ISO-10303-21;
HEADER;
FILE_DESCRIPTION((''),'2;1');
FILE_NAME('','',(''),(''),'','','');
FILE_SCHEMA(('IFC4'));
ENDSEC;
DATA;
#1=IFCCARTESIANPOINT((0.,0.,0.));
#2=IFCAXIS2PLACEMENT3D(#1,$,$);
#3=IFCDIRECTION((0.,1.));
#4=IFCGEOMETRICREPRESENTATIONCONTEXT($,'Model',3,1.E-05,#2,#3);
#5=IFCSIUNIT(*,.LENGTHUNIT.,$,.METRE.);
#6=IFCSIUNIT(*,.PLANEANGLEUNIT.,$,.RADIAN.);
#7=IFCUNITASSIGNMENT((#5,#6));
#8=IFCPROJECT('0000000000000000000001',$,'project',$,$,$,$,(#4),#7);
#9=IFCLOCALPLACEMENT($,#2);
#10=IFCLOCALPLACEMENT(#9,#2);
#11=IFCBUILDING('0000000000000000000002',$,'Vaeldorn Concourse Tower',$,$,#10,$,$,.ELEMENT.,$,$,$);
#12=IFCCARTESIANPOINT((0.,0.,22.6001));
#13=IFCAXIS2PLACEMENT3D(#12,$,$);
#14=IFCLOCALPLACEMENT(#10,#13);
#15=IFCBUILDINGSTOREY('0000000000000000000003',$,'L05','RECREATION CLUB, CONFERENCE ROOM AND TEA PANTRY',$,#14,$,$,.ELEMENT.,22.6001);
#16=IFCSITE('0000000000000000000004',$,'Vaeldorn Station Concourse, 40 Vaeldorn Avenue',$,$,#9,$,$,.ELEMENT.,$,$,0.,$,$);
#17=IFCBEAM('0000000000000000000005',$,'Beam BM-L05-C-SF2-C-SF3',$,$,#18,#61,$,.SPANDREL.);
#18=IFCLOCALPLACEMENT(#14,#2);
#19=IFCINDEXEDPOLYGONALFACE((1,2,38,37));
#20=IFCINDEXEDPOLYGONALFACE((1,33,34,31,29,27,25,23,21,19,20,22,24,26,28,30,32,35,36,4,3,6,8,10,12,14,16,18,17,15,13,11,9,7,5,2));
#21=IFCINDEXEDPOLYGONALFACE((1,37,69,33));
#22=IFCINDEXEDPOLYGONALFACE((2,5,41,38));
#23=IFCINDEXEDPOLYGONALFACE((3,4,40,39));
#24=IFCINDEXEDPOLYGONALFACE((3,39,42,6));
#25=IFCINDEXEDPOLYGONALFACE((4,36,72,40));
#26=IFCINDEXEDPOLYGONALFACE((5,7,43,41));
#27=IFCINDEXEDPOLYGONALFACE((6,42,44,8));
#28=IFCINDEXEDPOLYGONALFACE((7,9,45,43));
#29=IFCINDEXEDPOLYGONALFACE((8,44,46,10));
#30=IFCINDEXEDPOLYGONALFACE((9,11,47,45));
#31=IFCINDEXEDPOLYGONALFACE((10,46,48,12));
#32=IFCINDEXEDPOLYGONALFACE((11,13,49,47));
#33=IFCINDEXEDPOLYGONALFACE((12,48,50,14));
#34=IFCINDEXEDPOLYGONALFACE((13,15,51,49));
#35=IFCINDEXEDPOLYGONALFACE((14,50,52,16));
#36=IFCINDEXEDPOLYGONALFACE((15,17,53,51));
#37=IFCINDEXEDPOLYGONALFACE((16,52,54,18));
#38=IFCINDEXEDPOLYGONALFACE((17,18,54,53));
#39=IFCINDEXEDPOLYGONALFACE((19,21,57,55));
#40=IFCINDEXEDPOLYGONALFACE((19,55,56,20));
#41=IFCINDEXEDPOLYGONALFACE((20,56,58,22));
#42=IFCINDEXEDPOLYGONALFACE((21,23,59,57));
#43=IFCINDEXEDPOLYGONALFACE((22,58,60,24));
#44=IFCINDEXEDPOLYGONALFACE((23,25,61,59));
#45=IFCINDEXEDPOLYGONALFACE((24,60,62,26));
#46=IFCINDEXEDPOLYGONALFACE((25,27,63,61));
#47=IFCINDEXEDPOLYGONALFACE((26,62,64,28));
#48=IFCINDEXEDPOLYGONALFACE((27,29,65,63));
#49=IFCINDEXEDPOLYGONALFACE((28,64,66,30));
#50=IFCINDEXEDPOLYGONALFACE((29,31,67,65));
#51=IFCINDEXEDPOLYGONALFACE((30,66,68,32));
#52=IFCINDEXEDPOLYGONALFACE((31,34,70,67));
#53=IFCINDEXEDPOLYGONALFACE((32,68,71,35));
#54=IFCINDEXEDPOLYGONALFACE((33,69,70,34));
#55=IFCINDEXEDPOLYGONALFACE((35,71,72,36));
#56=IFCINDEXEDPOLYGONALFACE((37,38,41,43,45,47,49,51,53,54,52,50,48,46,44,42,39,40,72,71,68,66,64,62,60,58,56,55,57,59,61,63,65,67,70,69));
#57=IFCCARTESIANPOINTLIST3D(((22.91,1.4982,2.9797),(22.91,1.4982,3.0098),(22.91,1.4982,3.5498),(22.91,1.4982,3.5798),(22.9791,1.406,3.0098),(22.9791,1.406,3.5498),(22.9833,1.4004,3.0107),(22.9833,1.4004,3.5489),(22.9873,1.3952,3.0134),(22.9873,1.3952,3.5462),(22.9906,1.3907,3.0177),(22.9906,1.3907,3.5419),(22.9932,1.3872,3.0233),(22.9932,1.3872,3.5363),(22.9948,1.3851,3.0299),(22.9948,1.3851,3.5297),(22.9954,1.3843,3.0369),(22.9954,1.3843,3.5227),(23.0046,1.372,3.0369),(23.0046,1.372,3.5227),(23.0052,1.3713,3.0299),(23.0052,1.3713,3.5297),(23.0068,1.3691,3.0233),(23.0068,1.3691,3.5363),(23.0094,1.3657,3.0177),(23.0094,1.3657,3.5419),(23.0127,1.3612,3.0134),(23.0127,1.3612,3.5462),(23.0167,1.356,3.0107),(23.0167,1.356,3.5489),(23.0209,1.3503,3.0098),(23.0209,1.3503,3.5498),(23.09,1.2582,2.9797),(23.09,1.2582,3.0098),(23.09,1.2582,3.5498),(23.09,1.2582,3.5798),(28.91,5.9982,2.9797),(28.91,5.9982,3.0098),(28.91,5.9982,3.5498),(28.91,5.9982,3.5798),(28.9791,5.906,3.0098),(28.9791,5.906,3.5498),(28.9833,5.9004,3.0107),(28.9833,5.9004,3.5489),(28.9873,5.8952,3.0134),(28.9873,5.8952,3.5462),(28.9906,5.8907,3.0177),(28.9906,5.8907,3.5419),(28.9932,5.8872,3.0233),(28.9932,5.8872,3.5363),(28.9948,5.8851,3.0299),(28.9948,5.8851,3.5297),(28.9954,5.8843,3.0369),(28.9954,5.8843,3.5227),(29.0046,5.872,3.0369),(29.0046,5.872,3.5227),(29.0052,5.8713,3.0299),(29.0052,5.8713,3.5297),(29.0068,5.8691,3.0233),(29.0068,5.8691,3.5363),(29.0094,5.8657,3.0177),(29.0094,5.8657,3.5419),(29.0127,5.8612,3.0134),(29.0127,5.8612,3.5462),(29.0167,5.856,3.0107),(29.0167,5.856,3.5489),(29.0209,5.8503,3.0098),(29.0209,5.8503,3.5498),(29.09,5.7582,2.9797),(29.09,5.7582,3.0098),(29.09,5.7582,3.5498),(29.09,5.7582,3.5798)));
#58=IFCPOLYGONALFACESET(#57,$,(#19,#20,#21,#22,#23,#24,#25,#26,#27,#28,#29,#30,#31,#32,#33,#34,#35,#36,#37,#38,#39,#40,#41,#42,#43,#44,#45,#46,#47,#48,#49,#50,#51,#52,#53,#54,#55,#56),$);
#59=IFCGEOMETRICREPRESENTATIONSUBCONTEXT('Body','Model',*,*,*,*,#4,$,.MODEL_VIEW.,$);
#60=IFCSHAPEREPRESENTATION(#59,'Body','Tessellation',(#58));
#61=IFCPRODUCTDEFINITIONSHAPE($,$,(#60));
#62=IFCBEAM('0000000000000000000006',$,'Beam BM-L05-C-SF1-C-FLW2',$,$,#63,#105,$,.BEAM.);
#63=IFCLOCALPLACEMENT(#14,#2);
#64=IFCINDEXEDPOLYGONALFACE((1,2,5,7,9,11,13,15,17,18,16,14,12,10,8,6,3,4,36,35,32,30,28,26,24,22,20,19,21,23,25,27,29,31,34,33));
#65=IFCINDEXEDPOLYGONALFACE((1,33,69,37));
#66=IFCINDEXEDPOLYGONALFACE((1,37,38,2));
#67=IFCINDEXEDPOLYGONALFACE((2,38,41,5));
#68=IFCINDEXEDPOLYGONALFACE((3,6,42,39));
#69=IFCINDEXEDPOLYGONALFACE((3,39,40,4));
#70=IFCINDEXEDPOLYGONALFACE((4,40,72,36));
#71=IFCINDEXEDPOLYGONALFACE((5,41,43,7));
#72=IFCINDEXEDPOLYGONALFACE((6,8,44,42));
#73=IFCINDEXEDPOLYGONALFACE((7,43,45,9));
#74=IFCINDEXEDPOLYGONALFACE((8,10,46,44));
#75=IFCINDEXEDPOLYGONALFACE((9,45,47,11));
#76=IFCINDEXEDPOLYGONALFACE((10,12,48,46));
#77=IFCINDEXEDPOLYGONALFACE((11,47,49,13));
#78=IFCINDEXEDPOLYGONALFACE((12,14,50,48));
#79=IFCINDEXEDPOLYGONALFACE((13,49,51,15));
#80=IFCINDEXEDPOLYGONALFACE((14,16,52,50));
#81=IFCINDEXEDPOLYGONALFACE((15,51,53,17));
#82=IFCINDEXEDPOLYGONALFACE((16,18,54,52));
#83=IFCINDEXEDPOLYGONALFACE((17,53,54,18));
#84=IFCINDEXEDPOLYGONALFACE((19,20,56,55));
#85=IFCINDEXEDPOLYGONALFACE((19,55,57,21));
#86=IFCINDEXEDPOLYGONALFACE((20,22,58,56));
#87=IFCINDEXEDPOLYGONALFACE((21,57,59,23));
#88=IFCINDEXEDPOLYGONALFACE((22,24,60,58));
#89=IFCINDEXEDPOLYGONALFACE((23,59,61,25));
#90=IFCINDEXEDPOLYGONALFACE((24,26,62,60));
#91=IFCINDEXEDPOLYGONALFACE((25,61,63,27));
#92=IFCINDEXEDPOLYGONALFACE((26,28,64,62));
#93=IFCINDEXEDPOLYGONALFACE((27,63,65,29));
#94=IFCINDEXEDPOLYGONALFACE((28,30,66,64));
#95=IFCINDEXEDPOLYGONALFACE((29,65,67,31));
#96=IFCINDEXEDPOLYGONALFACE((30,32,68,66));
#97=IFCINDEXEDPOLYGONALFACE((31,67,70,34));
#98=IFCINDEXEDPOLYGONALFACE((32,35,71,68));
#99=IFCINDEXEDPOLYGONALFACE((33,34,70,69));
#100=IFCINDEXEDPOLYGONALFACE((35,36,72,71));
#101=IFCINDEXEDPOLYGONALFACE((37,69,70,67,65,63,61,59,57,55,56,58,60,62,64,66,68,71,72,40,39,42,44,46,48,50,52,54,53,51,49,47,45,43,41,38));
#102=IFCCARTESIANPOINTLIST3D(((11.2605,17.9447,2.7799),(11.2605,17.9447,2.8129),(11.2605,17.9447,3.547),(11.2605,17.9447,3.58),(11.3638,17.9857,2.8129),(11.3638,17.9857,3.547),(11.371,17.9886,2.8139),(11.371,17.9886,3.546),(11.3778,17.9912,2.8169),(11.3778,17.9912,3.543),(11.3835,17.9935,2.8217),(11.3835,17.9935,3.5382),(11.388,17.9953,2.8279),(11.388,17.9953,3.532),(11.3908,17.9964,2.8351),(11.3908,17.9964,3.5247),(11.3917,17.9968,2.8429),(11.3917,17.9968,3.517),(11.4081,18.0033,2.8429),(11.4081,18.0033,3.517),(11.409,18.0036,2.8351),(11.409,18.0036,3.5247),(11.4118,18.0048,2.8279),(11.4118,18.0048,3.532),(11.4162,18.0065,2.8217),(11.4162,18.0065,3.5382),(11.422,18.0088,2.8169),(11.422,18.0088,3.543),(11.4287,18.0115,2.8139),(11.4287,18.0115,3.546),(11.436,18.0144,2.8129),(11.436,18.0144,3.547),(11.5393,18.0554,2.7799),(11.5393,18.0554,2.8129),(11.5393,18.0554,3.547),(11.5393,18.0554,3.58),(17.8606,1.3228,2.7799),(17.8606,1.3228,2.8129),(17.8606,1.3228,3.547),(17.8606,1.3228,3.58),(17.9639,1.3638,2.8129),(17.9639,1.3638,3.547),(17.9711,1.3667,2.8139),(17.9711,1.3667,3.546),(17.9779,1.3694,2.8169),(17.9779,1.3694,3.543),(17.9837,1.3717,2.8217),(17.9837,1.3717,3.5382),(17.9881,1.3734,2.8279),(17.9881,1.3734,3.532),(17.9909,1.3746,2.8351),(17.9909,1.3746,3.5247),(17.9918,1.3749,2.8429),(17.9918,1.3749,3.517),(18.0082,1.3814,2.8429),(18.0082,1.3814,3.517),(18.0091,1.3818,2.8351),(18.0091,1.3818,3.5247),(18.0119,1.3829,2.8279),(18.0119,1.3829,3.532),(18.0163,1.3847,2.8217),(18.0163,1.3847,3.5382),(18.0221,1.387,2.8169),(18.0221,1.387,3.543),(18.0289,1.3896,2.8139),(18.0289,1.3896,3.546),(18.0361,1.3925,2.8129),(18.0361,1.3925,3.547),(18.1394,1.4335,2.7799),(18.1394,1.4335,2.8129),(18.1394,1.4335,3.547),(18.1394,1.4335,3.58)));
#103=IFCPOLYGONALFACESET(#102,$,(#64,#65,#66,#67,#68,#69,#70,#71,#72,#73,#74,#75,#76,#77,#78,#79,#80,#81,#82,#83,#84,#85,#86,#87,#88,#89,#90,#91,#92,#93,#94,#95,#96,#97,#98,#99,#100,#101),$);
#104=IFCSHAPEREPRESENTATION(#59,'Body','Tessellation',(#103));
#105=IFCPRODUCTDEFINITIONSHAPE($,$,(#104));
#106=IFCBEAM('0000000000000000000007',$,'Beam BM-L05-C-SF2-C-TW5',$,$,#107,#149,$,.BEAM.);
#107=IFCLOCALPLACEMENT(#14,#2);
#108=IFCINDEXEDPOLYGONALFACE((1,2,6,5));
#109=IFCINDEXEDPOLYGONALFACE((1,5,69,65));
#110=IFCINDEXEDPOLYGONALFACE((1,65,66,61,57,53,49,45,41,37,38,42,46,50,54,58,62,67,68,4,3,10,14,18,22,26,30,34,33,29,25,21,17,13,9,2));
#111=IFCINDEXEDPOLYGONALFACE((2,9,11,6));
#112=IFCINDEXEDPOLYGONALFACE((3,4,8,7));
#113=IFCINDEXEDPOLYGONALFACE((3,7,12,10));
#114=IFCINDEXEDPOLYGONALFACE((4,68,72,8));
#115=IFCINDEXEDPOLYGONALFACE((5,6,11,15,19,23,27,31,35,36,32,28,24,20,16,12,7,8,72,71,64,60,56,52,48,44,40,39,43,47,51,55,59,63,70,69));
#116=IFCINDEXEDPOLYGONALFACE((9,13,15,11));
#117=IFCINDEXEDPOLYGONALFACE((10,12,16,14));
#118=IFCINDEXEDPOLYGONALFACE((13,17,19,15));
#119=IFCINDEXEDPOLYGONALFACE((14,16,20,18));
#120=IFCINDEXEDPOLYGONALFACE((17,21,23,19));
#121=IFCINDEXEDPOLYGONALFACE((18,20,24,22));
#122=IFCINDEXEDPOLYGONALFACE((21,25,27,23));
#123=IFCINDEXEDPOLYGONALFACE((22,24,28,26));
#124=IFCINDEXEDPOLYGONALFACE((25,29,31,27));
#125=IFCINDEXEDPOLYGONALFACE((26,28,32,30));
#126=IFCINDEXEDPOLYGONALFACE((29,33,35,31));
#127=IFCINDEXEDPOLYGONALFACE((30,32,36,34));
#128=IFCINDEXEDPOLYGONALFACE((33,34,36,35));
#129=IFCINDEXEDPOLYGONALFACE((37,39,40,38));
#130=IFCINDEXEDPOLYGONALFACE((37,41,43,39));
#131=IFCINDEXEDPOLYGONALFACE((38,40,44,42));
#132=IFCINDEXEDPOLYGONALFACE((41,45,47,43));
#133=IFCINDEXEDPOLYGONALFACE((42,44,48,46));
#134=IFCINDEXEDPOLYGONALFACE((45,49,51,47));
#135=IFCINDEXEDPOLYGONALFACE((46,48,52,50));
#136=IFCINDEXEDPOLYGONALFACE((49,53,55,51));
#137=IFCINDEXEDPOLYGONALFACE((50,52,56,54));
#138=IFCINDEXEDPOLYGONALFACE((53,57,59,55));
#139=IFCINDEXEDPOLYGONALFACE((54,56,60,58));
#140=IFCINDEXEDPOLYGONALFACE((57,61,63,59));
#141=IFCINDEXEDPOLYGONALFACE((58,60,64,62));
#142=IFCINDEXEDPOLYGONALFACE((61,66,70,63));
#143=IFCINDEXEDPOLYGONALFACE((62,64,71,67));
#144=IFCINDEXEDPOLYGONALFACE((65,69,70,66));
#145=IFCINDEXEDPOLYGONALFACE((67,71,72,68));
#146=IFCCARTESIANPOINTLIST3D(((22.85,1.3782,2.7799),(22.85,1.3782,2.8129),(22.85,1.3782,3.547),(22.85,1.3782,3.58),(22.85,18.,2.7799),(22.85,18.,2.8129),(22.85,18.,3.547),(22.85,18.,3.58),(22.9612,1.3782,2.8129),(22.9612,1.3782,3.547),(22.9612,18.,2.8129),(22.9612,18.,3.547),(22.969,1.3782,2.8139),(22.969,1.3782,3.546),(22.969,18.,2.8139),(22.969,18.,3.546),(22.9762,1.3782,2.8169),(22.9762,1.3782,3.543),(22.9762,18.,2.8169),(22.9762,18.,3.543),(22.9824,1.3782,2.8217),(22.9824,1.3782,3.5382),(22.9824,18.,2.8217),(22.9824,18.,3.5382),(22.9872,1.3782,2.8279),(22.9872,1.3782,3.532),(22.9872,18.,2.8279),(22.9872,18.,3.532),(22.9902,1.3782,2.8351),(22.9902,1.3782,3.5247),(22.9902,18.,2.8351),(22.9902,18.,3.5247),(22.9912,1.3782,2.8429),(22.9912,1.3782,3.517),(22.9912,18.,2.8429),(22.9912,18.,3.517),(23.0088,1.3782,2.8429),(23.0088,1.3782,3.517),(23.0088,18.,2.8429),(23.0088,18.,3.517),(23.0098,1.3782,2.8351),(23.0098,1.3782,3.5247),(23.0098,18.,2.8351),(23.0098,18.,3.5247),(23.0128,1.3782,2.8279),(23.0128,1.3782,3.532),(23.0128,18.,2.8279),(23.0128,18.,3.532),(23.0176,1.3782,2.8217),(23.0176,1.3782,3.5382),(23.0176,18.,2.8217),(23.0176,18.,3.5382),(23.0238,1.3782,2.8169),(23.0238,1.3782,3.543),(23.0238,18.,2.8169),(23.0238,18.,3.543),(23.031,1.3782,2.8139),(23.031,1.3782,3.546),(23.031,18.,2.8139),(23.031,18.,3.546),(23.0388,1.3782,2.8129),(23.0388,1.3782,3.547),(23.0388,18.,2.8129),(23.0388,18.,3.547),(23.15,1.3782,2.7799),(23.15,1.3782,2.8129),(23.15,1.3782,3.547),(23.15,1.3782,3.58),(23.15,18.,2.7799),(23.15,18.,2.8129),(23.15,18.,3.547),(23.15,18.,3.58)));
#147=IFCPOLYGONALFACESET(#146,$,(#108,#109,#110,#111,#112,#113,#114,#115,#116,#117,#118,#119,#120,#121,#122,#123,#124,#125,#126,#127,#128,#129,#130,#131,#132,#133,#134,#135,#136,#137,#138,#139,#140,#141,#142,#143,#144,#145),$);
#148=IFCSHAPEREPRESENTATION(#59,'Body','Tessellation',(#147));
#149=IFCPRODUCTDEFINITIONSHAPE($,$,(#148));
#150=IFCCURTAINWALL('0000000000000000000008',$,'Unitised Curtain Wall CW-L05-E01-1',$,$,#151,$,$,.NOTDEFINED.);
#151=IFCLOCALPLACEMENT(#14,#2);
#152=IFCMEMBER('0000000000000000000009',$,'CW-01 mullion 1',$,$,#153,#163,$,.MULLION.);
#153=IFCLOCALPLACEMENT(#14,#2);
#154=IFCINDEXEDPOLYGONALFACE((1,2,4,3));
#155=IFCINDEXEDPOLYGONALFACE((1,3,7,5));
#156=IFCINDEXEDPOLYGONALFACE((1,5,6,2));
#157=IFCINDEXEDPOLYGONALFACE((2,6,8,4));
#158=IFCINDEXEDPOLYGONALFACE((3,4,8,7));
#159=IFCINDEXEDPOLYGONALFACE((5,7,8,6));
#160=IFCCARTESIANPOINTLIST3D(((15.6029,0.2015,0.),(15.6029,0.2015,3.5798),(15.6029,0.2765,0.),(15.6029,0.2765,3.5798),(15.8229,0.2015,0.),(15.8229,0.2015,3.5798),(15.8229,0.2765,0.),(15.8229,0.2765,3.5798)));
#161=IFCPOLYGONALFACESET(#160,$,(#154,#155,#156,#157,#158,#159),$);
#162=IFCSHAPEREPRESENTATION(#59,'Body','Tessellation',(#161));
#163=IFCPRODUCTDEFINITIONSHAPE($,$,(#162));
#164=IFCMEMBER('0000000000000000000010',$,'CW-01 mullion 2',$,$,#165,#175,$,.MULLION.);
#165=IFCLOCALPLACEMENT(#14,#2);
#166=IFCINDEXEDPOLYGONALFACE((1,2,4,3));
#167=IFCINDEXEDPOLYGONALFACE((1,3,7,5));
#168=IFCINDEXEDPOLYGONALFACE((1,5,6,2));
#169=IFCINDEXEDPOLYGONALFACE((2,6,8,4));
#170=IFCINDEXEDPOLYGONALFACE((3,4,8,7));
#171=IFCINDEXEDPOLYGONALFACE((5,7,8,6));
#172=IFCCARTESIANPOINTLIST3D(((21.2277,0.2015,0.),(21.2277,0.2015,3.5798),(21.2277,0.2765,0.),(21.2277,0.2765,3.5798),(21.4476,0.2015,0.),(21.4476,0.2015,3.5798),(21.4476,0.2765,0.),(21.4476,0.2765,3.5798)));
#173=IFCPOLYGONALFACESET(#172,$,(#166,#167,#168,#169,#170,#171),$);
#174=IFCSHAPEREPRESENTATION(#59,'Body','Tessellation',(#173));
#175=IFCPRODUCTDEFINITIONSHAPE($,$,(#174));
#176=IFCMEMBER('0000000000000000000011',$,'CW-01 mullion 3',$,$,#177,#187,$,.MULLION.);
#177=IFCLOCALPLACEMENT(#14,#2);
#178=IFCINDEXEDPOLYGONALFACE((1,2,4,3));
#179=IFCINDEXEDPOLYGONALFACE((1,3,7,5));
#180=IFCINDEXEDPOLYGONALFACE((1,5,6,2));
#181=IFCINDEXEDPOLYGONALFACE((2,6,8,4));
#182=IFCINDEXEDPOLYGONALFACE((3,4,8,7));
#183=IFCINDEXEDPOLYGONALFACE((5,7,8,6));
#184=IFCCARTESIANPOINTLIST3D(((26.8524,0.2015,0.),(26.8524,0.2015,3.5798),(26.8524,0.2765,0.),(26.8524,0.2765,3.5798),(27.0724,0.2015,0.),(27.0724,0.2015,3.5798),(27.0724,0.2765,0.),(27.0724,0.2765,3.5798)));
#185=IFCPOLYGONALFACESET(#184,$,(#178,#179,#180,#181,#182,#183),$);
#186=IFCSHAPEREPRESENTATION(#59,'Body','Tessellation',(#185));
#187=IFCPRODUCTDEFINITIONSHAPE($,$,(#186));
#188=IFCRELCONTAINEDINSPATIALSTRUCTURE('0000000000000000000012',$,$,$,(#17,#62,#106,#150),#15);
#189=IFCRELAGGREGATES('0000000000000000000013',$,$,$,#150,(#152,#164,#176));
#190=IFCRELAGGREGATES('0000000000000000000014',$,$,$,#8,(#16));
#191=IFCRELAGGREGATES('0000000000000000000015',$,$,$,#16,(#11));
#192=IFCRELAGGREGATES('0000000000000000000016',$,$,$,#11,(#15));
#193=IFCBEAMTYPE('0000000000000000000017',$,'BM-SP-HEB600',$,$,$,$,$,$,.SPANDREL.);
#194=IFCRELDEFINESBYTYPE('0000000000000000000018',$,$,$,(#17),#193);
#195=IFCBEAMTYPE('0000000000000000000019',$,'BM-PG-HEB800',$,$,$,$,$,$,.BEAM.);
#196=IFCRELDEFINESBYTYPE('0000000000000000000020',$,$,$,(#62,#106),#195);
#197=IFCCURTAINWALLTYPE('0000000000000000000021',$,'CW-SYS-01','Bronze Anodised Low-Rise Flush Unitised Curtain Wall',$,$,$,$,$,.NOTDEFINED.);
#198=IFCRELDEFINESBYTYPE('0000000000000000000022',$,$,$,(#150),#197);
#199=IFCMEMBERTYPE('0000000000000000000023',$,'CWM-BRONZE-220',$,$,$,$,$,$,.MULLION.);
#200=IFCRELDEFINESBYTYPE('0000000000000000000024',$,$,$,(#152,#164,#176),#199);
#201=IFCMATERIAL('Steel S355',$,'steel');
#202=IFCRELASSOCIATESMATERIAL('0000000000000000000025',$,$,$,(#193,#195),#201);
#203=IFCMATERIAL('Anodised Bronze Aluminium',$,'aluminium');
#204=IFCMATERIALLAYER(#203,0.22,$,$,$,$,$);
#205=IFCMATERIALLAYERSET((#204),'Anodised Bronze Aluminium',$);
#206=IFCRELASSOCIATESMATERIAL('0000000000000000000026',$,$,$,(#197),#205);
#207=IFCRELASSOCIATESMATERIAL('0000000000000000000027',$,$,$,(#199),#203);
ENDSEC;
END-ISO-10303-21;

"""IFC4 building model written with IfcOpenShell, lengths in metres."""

from ifc_helpers import new_model, si_unit, direction, frame, origin, origin_2d, place, context, subcontext, project, spatial, rectangle, i_section, extrude, source, transform, mapped, material, layer, layer_set, material_profile, profile_set, type_object, element, aggregate, save


model = new_model("IFC4")

# Units and contexts
model_context = context("Model", 3, precision=1e-05, world=origin(), true_north=direction((0.0, 1.0)))
body_context = subcontext(model_context, "Body", "Model", "MODEL_VIEW")
ifc_project = project(units=[si_unit("LENGTHUNIT", "METRE"), si_unit("PLANEANGLEUNIT", "RADIAN")], contexts=[model_context])

# Site, building, storey
site_placement = place(None, origin())
site = spatial("IfcSite", under=ifc_project, at=site_placement, Name="Vaeldorn Station Concourse, 40 Vaeldorn Avenue", CompositionType="ELEMENT", RefElevation=0.0)
building_placement = place(site_placement, origin())
building = spatial("IfcBuilding", under=site, at=building_placement, Name="Vaeldorn Concourse Tower", CompositionType="ELEMENT")
storey_placement = place(building_placement, frame((0.0, 0.0, 22.6001)))
storey = spatial("IfcBuildingStorey", under=building, at=storey_placement, Name="L05", Description="RECREATION CLUB, CONFERENCE ROOM AND TEA PANTRY", CompositionType="ELEMENT", Elevation=22.6001)

# Beams
ifc_material_1 = material(Name="Steel S355", Category="steel")
ifc_material_profile_1 = material_profile(ifc_material_1, i_section(OverallWidth=0.3, OverallDepth=0.6001, WebThickness=0.0154, FlangeThickness=0.03, FilletRadius=0.0271, at=origin_2d()), Name="HEB 600")
ifc_profile_set_1 = profile_set([ifc_material_profile_1], Name="Steel S355")
beam_type_1 = type_object("IfcBeamType", Name="BM-SP-HEB600", PredefinedType="SPANDREL", material=ifc_profile_set_1)
shared_shape_1 = source(origin(), body_context, "Body", "SweptSolid", [
    extrude(i_section(OverallWidth=0.3, OverallDepth=0.6001, WebThickness=0.0154, FlangeThickness=0.03, FilletRadius=0.0271, at=origin_2d()), origin(), (0.0, 0.0, 1.0), 7.5),
])
beam_1_placement = place(storey_placement, frame((23.0, 1.3782, 3.2798), z_axis=(0.8, 0.6, 0.0), x_axis=(-0.6, 0.8, 0.0)))
element("IfcBeam", 1, at=beam_1_placement, inside=storey, type_object=beam_type_1, Name="Beam BM-L05-C-SF2-C-SF3", PredefinedType="SPANDREL", context=body_context, shape_type="MappedRepresentation", body=[
    mapped(shared_shape_1, transform((0.0, 0.0, 0.0), scale=1.0)),
])
ifc_material_profile_2 = material_profile(ifc_material_1, i_section(OverallWidth=0.3, OverallDepth=0.8, WebThickness=0.0176, FlangeThickness=0.033, FilletRadius=0.03, at=origin_2d()), Name="HEB 800")
ifc_profile_set_2 = profile_set([ifc_material_profile_2], Name="Steel S355")
beam_type_2 = type_object("IfcBeamType", Name="BM-PG-HEB800", PredefinedType="BEAM", material=ifc_profile_set_2)
shared_shape_2 = source(origin(), body_context, "Body", "SweptSolid", [
    extrude(i_section(OverallWidth=0.3, OverallDepth=0.8, WebThickness=0.0176, FlangeThickness=0.033, FilletRadius=0.03, at=origin_2d()), origin(), (0.0, 0.0, 1.0), 17.8843),
])
beam_2_placement = place(storey_placement, frame((18.0, 1.3782, 3.1799), z_axis=(-0.369045, 0.929411, 0.0), x_axis=(-0.929411, -0.369045, 0.0)))
element("IfcBeam", 2, at=beam_2_placement, inside=storey, type_object=beam_type_2, Name="Beam BM-L05-C-SF1-C-FLW2", PredefinedType="BEAM", context=body_context, shape_type="MappedRepresentation", body=[
    mapped(shared_shape_2, transform((0.0, 0.0, 0.0), scale=1.0)),
])
shared_shape_3 = source(origin(), body_context, "Body", "SweptSolid", [
    extrude(i_section(OverallWidth=0.3, OverallDepth=0.8, WebThickness=0.0176, FlangeThickness=0.033, FilletRadius=0.03, at=origin_2d()), origin(), (0.0, 0.0, 1.0), 16.6218),
])
beam_3_placement = place(storey_placement, frame((23.0, 1.3782, 3.1799), z_axis=(0.0, 1.0, 0.0), x_axis=(-1.0, 0.0, 0.0)))
element("IfcBeam", 3, at=beam_3_placement, inside=storey, type_object=beam_type_2, Name="Beam BM-L05-C-SF2-C-TW5", PredefinedType="BEAM", context=body_context, shape_type="MappedRepresentation", body=[
    mapped(shared_shape_3, transform((0.0, 0.0, 0.0), scale=1.0)),
])

# Curtain wall, members
ifc_material_2 = material(Name="Anodised Bronze Aluminium", Category="aluminium")
ifc_layer_1 = layer(ifc_material_2, 0.22)
ifc_layer_set_1 = layer_set([ifc_layer_1], Name="Anodised Bronze Aluminium")
curtain_wall_type = type_object("IfcCurtainWallType", Name="CW-SYS-01", Description="Bronze Anodised Low-Rise Flush Unitised Curtain Wall", PredefinedType="NOTDEFINED", material=ifc_layer_set_1)
curtain_wall_1_placement = place(storey_placement, origin())
curtain_wall_1 = element("IfcCurtainWall", 4, at=curtain_wall_1_placement, inside=storey, type_object=curtain_wall_type, Name="Unitised Curtain Wall CW-L05-E01-1", PredefinedType="NOTDEFINED")
ifc_material_profile_3 = material_profile(ifc_material_2, rectangle(XDim=0.075, YDim=0.22, at=origin_2d()), Name="CWM 75x220")
ifc_profile_set_3 = profile_set([ifc_material_profile_3], Name="Anodised Bronze Aluminium")
member_type_1 = type_object("IfcMemberType", Name="CWM-BRONZE-220", PredefinedType="MULLION", material=ifc_profile_set_3)
shared_shape_4 = source(origin(), body_context, "Body", "SweptSolid", [
    extrude(rectangle(XDim=0.075, YDim=0.22, at=origin_2d()), origin(), (0.0, 0.0, 1.0), 3.5798),
])
member_1_placement = place(storey_placement, frame((15.7129, 0.239, 0.0), z_axis=(0.0, 0.0, 1.0), x_axis=(0.0, 1.0, 0.0)))
member_1 = element("IfcMember", 5, at=member_1_placement, type_object=member_type_1, Name="CW-01 mullion 1", PredefinedType="MULLION", context=body_context, shape_type="MappedRepresentation", body=[
    mapped(shared_shape_4, transform((0.0, 0.0, 0.0), scale=1.0)),
])
member_2_placement = place(storey_placement, frame((21.3376, 0.239, 0.0), z_axis=(0.0, 0.0, 1.0), x_axis=(0.0, 1.0, 0.0)))
member_2 = element("IfcMember", 6, at=member_2_placement, type_object=member_type_1, Name="CW-01 mullion 2", PredefinedType="MULLION", context=body_context, shape_type="MappedRepresentation", body=[
    mapped(shared_shape_4, transform((0.0, 0.0, 0.0), scale=1.0)),
])
member_3_placement = place(storey_placement, frame((26.9624, 0.239, 0.0), z_axis=(0.0, 0.0, 1.0), x_axis=(0.0, 1.0, 0.0)))
member_3 = element("IfcMember", 7, at=member_3_placement, type_object=member_type_1, Name="CW-01 mullion 3", PredefinedType="MULLION", context=body_context, shape_type="MappedRepresentation", body=[
    mapped(shared_shape_4, transform((0.0, 0.0, 0.0), scale=1.0)),
])

aggregate(curtain_wall_1, [member_1, member_2, member_3])

save(model, "model.ifc")
